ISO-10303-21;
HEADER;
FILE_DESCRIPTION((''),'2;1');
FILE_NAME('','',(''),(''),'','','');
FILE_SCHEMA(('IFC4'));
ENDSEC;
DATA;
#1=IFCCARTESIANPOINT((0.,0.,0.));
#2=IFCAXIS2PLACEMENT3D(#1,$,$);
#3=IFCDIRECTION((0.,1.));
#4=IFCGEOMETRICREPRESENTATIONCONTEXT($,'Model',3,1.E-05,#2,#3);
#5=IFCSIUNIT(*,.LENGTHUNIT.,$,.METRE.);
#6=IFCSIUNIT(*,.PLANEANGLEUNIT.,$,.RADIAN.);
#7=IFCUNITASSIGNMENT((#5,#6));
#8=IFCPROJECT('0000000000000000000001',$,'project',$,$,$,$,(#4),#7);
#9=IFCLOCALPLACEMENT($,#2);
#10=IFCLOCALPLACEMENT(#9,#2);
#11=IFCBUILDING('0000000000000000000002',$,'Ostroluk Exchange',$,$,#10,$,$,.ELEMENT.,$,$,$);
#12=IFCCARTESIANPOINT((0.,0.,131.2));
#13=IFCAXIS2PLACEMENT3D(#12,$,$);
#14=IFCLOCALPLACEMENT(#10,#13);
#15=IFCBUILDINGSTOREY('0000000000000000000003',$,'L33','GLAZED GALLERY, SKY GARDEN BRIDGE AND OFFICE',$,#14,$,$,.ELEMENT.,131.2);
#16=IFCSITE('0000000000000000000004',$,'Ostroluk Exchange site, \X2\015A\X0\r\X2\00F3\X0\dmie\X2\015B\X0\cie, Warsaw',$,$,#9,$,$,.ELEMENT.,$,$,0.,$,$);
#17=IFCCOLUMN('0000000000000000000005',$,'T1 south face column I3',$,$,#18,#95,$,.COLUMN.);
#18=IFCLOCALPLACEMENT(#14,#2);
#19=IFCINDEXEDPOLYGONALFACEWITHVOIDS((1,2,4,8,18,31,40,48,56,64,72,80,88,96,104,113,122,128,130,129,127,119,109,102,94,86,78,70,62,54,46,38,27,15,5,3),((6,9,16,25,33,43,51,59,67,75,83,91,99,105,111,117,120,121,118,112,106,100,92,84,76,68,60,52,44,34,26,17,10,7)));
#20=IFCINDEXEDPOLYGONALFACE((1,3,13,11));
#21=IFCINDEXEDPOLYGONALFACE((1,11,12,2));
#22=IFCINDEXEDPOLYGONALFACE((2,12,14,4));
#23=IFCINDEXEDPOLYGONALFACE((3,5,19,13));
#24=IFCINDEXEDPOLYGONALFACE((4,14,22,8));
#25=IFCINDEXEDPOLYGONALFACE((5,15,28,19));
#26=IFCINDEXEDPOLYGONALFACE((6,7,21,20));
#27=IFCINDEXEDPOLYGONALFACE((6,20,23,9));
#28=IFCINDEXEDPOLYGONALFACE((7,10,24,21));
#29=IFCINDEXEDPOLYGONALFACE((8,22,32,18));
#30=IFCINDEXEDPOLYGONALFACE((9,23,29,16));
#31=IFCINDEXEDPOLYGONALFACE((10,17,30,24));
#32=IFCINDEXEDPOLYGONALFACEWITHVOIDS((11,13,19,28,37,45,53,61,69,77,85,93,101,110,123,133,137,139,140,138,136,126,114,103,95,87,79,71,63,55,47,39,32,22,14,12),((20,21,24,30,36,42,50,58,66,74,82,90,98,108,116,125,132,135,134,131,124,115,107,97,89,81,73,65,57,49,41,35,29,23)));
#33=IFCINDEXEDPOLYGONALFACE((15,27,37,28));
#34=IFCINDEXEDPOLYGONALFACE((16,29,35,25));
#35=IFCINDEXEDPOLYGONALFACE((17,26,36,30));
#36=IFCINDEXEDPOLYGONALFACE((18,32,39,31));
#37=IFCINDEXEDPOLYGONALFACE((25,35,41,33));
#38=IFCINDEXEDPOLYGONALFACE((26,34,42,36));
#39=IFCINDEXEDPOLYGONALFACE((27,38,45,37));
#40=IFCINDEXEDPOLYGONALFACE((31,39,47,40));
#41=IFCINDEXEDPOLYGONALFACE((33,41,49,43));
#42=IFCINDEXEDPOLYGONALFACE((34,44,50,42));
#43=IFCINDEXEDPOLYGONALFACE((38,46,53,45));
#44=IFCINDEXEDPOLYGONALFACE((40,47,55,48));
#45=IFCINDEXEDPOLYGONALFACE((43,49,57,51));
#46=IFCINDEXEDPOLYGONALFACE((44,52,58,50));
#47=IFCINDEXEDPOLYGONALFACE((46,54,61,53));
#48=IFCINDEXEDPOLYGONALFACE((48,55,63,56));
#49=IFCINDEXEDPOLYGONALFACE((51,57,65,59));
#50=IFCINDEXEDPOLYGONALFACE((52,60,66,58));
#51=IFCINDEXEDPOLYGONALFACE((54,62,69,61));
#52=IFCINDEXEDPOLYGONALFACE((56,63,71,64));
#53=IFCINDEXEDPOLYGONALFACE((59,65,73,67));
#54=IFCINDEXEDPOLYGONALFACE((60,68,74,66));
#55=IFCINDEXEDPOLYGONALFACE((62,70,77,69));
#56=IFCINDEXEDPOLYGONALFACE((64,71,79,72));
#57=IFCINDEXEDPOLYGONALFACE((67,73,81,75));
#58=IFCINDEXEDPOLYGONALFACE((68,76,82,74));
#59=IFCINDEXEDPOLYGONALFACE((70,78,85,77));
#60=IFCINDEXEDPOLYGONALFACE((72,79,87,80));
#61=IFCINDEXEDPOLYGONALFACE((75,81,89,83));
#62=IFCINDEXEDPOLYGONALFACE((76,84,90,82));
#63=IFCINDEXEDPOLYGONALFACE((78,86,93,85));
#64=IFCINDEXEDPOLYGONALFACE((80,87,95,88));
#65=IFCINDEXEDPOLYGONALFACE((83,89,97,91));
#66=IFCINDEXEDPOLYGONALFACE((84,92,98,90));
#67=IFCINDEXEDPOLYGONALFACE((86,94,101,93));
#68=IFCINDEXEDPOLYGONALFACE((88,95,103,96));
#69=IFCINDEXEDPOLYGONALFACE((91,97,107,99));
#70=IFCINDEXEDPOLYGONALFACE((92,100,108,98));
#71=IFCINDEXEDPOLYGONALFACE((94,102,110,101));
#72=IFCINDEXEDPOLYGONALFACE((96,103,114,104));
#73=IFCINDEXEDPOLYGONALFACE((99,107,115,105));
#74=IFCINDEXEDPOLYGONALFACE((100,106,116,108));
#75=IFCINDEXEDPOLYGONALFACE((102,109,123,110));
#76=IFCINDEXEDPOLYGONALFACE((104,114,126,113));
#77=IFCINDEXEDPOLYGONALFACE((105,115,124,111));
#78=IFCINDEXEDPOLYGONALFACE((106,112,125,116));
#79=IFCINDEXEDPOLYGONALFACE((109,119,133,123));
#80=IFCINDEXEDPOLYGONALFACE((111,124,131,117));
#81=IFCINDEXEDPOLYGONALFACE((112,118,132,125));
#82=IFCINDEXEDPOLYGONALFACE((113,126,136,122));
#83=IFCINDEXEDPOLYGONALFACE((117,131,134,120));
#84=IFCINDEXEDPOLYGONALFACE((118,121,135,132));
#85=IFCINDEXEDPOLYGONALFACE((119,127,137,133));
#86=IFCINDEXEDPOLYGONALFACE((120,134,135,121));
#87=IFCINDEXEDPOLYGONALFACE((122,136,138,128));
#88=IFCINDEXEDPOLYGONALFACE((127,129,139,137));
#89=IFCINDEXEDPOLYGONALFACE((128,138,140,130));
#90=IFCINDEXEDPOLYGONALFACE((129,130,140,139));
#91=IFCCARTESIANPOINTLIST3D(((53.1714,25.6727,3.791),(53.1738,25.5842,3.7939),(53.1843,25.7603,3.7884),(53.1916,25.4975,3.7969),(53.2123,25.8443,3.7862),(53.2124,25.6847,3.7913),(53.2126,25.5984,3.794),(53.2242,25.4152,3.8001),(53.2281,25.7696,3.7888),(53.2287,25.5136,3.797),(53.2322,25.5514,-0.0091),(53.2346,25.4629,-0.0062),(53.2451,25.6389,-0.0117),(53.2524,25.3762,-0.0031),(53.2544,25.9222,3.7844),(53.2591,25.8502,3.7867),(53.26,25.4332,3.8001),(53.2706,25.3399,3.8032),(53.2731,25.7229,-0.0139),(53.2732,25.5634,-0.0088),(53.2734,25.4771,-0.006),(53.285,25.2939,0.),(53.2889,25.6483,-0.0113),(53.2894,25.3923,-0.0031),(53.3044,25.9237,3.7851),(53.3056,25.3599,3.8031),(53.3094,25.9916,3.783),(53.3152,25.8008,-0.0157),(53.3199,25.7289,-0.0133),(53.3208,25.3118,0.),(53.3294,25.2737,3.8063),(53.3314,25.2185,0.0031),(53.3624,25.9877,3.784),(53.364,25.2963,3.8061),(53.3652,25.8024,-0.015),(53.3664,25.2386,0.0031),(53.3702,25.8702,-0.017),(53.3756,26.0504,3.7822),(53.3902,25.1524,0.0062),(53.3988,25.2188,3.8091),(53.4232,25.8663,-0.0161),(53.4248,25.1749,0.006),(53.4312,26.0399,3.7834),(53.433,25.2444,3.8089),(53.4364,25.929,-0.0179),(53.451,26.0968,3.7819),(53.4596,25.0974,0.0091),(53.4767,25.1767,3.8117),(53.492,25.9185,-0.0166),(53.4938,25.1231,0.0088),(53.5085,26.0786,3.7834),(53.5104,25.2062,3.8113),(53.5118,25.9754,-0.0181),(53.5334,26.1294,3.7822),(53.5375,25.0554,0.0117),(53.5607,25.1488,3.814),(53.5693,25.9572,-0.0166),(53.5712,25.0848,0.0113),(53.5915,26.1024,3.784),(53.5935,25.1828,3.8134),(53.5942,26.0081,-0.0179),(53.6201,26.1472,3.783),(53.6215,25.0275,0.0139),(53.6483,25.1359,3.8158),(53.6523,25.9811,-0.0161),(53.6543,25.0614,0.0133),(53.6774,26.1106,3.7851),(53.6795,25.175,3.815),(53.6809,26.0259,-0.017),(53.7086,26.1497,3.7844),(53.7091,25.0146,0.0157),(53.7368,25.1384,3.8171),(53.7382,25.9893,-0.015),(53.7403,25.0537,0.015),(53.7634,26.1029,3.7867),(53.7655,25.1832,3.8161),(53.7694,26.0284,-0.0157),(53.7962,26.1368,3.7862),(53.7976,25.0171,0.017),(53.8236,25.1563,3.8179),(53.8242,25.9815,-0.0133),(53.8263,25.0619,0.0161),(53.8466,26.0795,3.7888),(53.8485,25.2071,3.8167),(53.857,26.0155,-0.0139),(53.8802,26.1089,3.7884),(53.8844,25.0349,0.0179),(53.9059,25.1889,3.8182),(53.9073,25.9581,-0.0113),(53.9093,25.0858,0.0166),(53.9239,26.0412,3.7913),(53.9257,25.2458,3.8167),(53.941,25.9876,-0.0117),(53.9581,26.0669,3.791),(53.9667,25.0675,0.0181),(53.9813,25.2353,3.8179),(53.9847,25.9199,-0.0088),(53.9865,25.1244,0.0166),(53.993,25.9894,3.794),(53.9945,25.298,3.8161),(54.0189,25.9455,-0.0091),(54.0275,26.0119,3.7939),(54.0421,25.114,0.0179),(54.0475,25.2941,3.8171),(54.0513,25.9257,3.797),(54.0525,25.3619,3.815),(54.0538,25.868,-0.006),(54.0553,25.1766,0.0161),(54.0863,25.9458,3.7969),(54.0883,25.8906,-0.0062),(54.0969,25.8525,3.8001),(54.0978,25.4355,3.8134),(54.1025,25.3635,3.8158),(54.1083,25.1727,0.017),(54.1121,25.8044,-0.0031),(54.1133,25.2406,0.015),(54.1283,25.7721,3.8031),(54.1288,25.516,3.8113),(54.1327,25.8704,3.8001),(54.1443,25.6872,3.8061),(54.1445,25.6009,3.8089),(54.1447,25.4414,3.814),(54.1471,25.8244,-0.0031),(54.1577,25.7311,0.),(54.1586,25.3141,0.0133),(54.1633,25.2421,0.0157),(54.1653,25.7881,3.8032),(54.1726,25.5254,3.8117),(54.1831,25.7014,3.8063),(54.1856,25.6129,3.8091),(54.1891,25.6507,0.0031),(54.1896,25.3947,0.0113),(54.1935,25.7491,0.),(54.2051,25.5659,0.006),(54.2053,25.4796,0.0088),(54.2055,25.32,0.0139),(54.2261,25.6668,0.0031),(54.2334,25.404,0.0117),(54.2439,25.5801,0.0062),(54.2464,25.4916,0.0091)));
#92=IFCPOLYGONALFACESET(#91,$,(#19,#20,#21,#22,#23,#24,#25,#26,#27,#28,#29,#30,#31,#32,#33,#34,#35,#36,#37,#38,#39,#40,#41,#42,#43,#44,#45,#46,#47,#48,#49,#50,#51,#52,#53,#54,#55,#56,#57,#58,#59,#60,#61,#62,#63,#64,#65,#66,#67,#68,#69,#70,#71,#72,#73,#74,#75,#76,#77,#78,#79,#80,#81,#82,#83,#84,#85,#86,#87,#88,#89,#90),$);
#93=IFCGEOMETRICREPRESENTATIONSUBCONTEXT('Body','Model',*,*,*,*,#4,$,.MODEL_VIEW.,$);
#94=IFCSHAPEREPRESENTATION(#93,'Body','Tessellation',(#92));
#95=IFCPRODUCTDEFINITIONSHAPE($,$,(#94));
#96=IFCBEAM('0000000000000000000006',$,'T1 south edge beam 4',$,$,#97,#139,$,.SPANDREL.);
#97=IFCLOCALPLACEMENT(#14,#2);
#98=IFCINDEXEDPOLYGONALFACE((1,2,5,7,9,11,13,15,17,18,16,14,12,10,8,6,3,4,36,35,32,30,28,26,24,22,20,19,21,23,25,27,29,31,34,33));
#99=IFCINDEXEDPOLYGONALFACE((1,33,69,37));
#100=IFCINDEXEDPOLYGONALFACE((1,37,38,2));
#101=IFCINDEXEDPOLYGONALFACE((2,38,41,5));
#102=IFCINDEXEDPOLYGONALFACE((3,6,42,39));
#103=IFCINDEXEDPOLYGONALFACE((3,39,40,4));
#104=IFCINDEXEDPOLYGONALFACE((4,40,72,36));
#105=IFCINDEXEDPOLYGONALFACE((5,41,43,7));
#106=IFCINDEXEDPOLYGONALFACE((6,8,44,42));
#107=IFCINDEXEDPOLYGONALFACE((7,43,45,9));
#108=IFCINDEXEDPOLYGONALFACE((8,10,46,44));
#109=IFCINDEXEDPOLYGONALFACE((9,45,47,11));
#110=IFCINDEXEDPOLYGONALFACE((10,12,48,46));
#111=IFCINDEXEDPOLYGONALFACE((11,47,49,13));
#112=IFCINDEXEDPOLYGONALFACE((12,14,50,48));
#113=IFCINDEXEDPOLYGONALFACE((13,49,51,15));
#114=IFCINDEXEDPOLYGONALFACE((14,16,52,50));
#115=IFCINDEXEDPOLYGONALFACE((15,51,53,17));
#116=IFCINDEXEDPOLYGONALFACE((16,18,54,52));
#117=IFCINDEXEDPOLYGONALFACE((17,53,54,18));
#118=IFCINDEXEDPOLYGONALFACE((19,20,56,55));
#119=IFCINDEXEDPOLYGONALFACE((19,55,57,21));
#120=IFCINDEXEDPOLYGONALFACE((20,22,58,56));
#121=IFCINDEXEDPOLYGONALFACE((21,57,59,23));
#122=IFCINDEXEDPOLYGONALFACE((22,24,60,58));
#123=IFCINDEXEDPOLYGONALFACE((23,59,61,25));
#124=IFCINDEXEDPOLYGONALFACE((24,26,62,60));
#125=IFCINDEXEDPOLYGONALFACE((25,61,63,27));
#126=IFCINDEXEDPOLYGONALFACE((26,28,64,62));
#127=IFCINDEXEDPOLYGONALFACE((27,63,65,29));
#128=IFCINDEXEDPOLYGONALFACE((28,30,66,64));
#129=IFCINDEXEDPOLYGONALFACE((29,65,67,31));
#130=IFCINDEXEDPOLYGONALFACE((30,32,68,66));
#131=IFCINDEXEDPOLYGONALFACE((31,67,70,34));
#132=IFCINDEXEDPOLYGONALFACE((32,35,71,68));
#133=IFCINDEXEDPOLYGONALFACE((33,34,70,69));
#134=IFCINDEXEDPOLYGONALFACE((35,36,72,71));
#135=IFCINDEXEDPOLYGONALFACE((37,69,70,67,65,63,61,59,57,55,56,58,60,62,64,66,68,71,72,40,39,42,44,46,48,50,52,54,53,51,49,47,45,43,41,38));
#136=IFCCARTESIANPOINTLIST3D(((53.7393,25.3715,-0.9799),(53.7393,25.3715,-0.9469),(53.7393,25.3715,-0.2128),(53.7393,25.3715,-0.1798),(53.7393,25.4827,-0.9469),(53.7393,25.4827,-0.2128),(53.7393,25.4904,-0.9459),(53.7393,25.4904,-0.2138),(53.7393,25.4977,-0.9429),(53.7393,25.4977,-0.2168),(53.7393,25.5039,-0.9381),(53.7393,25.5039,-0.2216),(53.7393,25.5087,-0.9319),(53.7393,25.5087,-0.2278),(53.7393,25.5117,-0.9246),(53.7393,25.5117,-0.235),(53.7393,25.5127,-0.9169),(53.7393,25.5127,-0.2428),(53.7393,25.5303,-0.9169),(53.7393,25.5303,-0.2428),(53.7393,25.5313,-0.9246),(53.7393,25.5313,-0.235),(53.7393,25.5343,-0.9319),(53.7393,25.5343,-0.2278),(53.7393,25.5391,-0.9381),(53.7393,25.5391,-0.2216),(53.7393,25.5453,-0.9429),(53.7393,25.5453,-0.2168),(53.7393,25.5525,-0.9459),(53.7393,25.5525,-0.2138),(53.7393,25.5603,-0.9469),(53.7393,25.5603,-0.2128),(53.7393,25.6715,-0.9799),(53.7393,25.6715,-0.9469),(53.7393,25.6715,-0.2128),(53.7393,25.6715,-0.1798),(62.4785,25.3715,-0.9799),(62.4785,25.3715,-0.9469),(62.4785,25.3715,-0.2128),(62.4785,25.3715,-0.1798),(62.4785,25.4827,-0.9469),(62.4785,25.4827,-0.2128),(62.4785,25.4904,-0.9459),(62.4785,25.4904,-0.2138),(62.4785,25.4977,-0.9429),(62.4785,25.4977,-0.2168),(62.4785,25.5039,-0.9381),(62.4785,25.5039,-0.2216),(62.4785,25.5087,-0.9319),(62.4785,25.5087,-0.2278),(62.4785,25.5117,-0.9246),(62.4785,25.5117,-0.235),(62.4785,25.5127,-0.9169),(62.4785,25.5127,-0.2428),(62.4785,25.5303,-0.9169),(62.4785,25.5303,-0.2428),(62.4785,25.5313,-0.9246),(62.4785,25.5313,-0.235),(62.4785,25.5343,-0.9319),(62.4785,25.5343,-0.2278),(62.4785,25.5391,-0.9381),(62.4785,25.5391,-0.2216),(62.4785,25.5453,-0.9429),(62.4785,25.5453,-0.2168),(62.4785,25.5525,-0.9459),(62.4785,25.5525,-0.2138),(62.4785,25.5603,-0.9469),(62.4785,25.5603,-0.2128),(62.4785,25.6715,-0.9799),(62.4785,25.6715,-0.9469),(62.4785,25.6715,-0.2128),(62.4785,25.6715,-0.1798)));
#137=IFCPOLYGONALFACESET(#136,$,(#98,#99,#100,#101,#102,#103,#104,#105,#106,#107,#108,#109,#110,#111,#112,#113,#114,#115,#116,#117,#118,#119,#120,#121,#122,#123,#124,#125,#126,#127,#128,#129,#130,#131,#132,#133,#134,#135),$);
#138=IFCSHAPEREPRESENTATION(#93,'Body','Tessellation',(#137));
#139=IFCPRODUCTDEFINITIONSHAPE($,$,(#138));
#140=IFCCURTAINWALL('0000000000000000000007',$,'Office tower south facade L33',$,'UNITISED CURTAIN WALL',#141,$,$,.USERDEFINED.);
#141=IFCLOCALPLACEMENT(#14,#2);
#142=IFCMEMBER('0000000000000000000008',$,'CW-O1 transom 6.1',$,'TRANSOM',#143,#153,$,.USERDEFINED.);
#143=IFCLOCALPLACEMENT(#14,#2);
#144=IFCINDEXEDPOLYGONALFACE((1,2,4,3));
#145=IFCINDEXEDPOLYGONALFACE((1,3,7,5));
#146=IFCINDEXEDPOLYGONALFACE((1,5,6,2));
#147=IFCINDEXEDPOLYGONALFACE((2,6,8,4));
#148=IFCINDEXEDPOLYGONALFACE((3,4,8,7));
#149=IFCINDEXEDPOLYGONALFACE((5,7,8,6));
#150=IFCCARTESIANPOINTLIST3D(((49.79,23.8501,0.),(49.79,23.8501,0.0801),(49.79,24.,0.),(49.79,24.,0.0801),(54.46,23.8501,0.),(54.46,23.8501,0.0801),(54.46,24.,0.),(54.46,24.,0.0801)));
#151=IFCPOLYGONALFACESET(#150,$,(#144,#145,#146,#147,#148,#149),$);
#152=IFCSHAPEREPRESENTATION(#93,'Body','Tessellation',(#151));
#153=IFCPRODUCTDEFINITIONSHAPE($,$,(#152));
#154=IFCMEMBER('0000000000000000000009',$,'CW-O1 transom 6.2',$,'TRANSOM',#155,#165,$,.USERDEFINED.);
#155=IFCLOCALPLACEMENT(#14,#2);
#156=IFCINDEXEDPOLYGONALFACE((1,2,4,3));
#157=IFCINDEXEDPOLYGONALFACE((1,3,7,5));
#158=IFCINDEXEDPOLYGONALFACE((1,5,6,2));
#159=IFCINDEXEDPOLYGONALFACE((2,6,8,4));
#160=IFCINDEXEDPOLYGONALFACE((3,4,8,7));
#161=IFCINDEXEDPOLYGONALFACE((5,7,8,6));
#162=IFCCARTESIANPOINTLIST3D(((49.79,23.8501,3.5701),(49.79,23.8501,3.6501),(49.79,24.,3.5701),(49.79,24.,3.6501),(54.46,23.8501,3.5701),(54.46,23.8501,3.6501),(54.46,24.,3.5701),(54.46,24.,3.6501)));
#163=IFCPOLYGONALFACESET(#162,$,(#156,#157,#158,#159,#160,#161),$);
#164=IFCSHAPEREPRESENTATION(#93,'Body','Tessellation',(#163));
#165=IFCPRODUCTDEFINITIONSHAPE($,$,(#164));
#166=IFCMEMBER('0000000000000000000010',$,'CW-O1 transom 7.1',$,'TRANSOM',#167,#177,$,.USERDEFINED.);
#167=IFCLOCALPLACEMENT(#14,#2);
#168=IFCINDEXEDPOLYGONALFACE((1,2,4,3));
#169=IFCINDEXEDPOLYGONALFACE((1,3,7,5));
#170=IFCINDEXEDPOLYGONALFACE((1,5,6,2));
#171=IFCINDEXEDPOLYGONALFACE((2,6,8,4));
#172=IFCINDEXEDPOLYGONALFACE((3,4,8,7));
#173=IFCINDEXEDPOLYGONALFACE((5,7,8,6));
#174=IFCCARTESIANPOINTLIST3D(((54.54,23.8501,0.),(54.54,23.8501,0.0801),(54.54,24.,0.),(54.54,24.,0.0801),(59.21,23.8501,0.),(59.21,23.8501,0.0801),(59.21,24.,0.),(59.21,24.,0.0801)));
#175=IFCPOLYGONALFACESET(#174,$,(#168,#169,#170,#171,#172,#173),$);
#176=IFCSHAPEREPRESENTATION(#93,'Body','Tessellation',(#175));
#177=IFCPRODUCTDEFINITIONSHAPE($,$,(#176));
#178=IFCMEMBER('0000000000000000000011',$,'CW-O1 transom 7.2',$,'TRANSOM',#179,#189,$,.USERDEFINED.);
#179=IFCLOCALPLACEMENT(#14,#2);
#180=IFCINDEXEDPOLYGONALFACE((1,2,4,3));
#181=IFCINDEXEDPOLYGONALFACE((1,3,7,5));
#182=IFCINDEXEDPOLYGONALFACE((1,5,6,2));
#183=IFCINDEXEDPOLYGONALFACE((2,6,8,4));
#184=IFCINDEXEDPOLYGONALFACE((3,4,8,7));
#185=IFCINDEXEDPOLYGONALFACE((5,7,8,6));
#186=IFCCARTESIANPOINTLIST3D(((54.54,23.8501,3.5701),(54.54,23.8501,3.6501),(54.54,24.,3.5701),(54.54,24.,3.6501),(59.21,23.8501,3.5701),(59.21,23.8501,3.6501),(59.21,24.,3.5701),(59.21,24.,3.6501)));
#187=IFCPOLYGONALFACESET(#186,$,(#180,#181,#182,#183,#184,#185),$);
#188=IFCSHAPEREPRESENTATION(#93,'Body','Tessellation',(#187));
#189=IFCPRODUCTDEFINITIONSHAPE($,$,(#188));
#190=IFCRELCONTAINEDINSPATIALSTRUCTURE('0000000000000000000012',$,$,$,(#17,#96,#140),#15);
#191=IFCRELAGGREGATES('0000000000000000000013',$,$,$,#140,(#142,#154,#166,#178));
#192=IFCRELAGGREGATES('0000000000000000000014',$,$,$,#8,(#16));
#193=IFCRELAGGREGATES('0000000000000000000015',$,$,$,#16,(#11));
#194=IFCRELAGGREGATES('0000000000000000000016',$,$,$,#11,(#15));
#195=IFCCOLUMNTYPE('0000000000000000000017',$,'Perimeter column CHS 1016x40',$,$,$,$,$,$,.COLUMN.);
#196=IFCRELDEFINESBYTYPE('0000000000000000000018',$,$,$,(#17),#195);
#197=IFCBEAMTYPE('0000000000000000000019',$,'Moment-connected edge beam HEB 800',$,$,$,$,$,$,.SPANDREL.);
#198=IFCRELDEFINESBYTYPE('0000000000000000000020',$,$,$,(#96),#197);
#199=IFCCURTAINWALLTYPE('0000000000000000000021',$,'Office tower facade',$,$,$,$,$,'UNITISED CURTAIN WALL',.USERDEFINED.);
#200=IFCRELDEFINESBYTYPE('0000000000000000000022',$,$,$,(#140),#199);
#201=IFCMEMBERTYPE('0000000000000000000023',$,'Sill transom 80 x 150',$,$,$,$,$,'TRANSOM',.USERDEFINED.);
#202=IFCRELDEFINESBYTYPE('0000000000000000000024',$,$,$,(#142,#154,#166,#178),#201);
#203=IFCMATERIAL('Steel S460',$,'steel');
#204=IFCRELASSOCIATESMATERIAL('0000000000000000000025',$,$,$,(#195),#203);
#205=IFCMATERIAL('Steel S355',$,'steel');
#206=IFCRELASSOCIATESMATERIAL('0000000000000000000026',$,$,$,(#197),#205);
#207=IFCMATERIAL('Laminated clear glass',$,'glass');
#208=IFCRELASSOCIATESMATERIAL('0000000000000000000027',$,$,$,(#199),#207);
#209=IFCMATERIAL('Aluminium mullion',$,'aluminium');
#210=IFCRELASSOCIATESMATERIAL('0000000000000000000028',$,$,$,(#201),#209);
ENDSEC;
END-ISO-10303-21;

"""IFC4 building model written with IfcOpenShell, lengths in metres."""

from ifc_helpers import new_model, si_unit, direction, frame, origin, origin_2d, place, context, subcontext, project, spatial, rectangle, hollow_circle, i_section, extrude, material, material_profile, profile_set, type_object, element, aggregate, save


model = new_model("IFC4")

# Units and contexts
model_context = context("Model", 3, precision=1e-05, world=origin(), true_north=direction((0.0, 1.0)))
body_context = subcontext(model_context, "Body", "Model", "MODEL_VIEW")
ifc_project = project(units=[si_unit("LENGTHUNIT", "METRE"), si_unit("PLANEANGLEUNIT", "RADIAN")], contexts=[model_context])

# Site, building, storey
site_placement = place(None, origin())
site = spatial("IfcSite", under=ifc_project, at=site_placement, Name="Ostroluk Exchange site, Śródmieście, Warsaw", CompositionType="ELEMENT", RefElevation=0.0)
building_placement = place(site_placement, origin())
building = spatial("IfcBuilding", under=site, at=building_placement, Name="Ostroluk Exchange", CompositionType="ELEMENT")
storey_placement = place(building_placement, frame((0.0, 0.0, 131.2)))
storey = spatial("IfcBuildingStorey", under=building, at=storey_placement, Name="L33", Description="GLAZED GALLERY, SKY GARDEN BRIDGE AND OFFICE", CompositionType="ELEMENT", Elevation=131.2)

# Column
ifc_material_1 = material(Name="Steel S460", Category="steel")
ifc_material_profile_1 = material_profile(ifc_material_1, hollow_circle(Radius=0.5081, WallThickness=0.04, at=origin_2d()), Name="CHS 1016x40")
ifc_profile_set_1 = profile_set([ifc_material_profile_1], Name="Steel S460")
column_type = type_object("IfcColumnType", Name="Perimeter column CHS 1016x40", PredefinedType="COLUMN", material=ifc_profile_set_1)
column_placement = place(storey_placement, frame((53.7393, 25.5215, 0.0), z_axis=(-0.015987, 0.03191, 0.999363), x_axis=(-0.894067, -0.447933, 0.0)))
element("IfcColumn", 1, at=column_placement, inside=storey, type_object=column_type, Name="T1 south face column I3", PredefinedType="COLUMN", context=body_context, shape_type="SweptSolid", body=[
    extrude(hollow_circle(Radius=0.5081, WallThickness=0.04, at=origin_2d()), origin(), (0.0, 0.0, 1.0), 3.8025),
])

# Beam
ifc_material_2 = material(Name="Steel S355", Category="steel")
ifc_material_profile_2 = material_profile(ifc_material_2, i_section(OverallWidth=0.3, OverallDepth=0.8, WebThickness=0.0176, FlangeThickness=0.033, FilletRadius=0.03, at=origin_2d()), Name="HEB 800")
ifc_profile_set_2 = profile_set([ifc_material_profile_2], Name="Steel S355")
beam_type = type_object("IfcBeamType", Name="Moment-connected edge beam HEB 800", PredefinedType="SPANDREL", material=ifc_profile_set_2)
beam_placement = place(storey_placement, frame((53.7393, 25.5215, -0.5798), z_axis=(1.0, 0.0, 0.0), x_axis=(0.0, 1.0, 0.0)))
element("IfcBeam", 2, at=beam_placement, inside=storey, type_object=beam_type, Name="T1 south edge beam 4", PredefinedType="SPANDREL", context=body_context, shape_type="SweptSolid", body=[
    extrude(i_section(OverallWidth=0.3, OverallDepth=0.8, WebThickness=0.0176, FlangeThickness=0.033, FilletRadius=0.03, at=origin_2d()), origin(), (0.0, 0.0, 1.0), 8.7393),
])

# Curtain wall, members
ifc_material_3 = material(Name="Laminated clear glass", Category="glass")
curtain_wall_type = type_object("IfcCurtainWallType", Name="Office tower facade", ElementType="UNITISED CURTAIN WALL", PredefinedType="USERDEFINED", material=ifc_material_3)
curtain_wall_placement = place(storey_placement, origin())
curtain_wall = element("IfcCurtainWall", 3, at=curtain_wall_placement, inside=storey, type_object=curtain_wall_type, Name="Office tower south facade L33", ObjectType="UNITISED CURTAIN WALL", PredefinedType="USERDEFINED")
ifc_material_4 = material(Name="Aluminium mullion", Category="aluminium")
ifc_material_profile_3 = material_profile(ifc_material_4, rectangle(XDim=0.1499, YDim=0.0801, at=origin_2d()), Name="Sill transom 80 x 150")
ifc_profile_set_3 = profile_set([ifc_material_profile_3], Name="Aluminium mullion")
member_type_1 = type_object("IfcMemberType", Name="Sill transom 80 x 150", ElementType="TRANSOM", PredefinedType="USERDEFINED", material=ifc_profile_set_3)
member_1_placement = place(storey_placement, frame((49.79, 23.925, 0.04), z_axis=(1.0, 0.0, 0.0), x_axis=(0.0, 1.0, 0.0)))
member_1 = element("IfcMember", 4, at=member_1_placement, type_object=member_type_1, Name="CW-O1 transom 6.1", ObjectType="TRANSOM", PredefinedType="USERDEFINED", context=body_context, shape_type="SweptSolid", body=[
    extrude(rectangle(XDim=0.1499, YDim=0.0801, at=origin_2d()), origin(), (0.0, 0.0, 1.0), 4.6699),
])
member_2_placement = place(storey_placement, frame((49.79, 23.925, 3.6101), z_axis=(1.0, 0.0, 0.0), x_axis=(0.0, 1.0, 0.0)))
member_2 = element("IfcMember", 5, at=member_2_placement, type_object=member_type_1, Name="CW-O1 transom 6.2", ObjectType="TRANSOM", PredefinedType="USERDEFINED", context=body_context, shape_type="SweptSolid", body=[
    extrude(rectangle(XDim=0.1499, YDim=0.0801, at=origin_2d()), origin(), (0.0, 0.0, 1.0), 4.6699),
])
member_3_placement = place(storey_placement, frame((54.54, 23.925, 0.04), z_axis=(1.0, 0.0, 0.0), x_axis=(0.0, 1.0, 0.0)))
member_3 = element("IfcMember", 6, at=member_3_placement, type_object=member_type_1, Name="CW-O1 transom 7.1", ObjectType="TRANSOM", PredefinedType="USERDEFINED", context=body_context, shape_type="SweptSolid", body=[
    extrude(rectangle(XDim=0.1499, YDim=0.0801, at=origin_2d()), origin(), (0.0, 0.0, 1.0), 4.6699),
])
member_4_placement = place(storey_placement, frame((54.54, 23.925, 3.6101), z_axis=(1.0, 0.0, 0.0), x_axis=(0.0, 1.0, 0.0)))
member_4 = element("IfcMember", 7, at=member_4_placement, type_object=member_type_1, Name="CW-O1 transom 7.2", ObjectType="TRANSOM", PredefinedType="USERDEFINED", context=body_context, shape_type="SweptSolid", body=[
    extrude(rectangle(XDim=0.1499, YDim=0.0801, at=origin_2d()), origin(), (0.0, 0.0, 1.0), 4.6699),
])
aggregate(curtain_wall, [member_1, member_2, member_3, member_4])

save(model, "model.ifc")
